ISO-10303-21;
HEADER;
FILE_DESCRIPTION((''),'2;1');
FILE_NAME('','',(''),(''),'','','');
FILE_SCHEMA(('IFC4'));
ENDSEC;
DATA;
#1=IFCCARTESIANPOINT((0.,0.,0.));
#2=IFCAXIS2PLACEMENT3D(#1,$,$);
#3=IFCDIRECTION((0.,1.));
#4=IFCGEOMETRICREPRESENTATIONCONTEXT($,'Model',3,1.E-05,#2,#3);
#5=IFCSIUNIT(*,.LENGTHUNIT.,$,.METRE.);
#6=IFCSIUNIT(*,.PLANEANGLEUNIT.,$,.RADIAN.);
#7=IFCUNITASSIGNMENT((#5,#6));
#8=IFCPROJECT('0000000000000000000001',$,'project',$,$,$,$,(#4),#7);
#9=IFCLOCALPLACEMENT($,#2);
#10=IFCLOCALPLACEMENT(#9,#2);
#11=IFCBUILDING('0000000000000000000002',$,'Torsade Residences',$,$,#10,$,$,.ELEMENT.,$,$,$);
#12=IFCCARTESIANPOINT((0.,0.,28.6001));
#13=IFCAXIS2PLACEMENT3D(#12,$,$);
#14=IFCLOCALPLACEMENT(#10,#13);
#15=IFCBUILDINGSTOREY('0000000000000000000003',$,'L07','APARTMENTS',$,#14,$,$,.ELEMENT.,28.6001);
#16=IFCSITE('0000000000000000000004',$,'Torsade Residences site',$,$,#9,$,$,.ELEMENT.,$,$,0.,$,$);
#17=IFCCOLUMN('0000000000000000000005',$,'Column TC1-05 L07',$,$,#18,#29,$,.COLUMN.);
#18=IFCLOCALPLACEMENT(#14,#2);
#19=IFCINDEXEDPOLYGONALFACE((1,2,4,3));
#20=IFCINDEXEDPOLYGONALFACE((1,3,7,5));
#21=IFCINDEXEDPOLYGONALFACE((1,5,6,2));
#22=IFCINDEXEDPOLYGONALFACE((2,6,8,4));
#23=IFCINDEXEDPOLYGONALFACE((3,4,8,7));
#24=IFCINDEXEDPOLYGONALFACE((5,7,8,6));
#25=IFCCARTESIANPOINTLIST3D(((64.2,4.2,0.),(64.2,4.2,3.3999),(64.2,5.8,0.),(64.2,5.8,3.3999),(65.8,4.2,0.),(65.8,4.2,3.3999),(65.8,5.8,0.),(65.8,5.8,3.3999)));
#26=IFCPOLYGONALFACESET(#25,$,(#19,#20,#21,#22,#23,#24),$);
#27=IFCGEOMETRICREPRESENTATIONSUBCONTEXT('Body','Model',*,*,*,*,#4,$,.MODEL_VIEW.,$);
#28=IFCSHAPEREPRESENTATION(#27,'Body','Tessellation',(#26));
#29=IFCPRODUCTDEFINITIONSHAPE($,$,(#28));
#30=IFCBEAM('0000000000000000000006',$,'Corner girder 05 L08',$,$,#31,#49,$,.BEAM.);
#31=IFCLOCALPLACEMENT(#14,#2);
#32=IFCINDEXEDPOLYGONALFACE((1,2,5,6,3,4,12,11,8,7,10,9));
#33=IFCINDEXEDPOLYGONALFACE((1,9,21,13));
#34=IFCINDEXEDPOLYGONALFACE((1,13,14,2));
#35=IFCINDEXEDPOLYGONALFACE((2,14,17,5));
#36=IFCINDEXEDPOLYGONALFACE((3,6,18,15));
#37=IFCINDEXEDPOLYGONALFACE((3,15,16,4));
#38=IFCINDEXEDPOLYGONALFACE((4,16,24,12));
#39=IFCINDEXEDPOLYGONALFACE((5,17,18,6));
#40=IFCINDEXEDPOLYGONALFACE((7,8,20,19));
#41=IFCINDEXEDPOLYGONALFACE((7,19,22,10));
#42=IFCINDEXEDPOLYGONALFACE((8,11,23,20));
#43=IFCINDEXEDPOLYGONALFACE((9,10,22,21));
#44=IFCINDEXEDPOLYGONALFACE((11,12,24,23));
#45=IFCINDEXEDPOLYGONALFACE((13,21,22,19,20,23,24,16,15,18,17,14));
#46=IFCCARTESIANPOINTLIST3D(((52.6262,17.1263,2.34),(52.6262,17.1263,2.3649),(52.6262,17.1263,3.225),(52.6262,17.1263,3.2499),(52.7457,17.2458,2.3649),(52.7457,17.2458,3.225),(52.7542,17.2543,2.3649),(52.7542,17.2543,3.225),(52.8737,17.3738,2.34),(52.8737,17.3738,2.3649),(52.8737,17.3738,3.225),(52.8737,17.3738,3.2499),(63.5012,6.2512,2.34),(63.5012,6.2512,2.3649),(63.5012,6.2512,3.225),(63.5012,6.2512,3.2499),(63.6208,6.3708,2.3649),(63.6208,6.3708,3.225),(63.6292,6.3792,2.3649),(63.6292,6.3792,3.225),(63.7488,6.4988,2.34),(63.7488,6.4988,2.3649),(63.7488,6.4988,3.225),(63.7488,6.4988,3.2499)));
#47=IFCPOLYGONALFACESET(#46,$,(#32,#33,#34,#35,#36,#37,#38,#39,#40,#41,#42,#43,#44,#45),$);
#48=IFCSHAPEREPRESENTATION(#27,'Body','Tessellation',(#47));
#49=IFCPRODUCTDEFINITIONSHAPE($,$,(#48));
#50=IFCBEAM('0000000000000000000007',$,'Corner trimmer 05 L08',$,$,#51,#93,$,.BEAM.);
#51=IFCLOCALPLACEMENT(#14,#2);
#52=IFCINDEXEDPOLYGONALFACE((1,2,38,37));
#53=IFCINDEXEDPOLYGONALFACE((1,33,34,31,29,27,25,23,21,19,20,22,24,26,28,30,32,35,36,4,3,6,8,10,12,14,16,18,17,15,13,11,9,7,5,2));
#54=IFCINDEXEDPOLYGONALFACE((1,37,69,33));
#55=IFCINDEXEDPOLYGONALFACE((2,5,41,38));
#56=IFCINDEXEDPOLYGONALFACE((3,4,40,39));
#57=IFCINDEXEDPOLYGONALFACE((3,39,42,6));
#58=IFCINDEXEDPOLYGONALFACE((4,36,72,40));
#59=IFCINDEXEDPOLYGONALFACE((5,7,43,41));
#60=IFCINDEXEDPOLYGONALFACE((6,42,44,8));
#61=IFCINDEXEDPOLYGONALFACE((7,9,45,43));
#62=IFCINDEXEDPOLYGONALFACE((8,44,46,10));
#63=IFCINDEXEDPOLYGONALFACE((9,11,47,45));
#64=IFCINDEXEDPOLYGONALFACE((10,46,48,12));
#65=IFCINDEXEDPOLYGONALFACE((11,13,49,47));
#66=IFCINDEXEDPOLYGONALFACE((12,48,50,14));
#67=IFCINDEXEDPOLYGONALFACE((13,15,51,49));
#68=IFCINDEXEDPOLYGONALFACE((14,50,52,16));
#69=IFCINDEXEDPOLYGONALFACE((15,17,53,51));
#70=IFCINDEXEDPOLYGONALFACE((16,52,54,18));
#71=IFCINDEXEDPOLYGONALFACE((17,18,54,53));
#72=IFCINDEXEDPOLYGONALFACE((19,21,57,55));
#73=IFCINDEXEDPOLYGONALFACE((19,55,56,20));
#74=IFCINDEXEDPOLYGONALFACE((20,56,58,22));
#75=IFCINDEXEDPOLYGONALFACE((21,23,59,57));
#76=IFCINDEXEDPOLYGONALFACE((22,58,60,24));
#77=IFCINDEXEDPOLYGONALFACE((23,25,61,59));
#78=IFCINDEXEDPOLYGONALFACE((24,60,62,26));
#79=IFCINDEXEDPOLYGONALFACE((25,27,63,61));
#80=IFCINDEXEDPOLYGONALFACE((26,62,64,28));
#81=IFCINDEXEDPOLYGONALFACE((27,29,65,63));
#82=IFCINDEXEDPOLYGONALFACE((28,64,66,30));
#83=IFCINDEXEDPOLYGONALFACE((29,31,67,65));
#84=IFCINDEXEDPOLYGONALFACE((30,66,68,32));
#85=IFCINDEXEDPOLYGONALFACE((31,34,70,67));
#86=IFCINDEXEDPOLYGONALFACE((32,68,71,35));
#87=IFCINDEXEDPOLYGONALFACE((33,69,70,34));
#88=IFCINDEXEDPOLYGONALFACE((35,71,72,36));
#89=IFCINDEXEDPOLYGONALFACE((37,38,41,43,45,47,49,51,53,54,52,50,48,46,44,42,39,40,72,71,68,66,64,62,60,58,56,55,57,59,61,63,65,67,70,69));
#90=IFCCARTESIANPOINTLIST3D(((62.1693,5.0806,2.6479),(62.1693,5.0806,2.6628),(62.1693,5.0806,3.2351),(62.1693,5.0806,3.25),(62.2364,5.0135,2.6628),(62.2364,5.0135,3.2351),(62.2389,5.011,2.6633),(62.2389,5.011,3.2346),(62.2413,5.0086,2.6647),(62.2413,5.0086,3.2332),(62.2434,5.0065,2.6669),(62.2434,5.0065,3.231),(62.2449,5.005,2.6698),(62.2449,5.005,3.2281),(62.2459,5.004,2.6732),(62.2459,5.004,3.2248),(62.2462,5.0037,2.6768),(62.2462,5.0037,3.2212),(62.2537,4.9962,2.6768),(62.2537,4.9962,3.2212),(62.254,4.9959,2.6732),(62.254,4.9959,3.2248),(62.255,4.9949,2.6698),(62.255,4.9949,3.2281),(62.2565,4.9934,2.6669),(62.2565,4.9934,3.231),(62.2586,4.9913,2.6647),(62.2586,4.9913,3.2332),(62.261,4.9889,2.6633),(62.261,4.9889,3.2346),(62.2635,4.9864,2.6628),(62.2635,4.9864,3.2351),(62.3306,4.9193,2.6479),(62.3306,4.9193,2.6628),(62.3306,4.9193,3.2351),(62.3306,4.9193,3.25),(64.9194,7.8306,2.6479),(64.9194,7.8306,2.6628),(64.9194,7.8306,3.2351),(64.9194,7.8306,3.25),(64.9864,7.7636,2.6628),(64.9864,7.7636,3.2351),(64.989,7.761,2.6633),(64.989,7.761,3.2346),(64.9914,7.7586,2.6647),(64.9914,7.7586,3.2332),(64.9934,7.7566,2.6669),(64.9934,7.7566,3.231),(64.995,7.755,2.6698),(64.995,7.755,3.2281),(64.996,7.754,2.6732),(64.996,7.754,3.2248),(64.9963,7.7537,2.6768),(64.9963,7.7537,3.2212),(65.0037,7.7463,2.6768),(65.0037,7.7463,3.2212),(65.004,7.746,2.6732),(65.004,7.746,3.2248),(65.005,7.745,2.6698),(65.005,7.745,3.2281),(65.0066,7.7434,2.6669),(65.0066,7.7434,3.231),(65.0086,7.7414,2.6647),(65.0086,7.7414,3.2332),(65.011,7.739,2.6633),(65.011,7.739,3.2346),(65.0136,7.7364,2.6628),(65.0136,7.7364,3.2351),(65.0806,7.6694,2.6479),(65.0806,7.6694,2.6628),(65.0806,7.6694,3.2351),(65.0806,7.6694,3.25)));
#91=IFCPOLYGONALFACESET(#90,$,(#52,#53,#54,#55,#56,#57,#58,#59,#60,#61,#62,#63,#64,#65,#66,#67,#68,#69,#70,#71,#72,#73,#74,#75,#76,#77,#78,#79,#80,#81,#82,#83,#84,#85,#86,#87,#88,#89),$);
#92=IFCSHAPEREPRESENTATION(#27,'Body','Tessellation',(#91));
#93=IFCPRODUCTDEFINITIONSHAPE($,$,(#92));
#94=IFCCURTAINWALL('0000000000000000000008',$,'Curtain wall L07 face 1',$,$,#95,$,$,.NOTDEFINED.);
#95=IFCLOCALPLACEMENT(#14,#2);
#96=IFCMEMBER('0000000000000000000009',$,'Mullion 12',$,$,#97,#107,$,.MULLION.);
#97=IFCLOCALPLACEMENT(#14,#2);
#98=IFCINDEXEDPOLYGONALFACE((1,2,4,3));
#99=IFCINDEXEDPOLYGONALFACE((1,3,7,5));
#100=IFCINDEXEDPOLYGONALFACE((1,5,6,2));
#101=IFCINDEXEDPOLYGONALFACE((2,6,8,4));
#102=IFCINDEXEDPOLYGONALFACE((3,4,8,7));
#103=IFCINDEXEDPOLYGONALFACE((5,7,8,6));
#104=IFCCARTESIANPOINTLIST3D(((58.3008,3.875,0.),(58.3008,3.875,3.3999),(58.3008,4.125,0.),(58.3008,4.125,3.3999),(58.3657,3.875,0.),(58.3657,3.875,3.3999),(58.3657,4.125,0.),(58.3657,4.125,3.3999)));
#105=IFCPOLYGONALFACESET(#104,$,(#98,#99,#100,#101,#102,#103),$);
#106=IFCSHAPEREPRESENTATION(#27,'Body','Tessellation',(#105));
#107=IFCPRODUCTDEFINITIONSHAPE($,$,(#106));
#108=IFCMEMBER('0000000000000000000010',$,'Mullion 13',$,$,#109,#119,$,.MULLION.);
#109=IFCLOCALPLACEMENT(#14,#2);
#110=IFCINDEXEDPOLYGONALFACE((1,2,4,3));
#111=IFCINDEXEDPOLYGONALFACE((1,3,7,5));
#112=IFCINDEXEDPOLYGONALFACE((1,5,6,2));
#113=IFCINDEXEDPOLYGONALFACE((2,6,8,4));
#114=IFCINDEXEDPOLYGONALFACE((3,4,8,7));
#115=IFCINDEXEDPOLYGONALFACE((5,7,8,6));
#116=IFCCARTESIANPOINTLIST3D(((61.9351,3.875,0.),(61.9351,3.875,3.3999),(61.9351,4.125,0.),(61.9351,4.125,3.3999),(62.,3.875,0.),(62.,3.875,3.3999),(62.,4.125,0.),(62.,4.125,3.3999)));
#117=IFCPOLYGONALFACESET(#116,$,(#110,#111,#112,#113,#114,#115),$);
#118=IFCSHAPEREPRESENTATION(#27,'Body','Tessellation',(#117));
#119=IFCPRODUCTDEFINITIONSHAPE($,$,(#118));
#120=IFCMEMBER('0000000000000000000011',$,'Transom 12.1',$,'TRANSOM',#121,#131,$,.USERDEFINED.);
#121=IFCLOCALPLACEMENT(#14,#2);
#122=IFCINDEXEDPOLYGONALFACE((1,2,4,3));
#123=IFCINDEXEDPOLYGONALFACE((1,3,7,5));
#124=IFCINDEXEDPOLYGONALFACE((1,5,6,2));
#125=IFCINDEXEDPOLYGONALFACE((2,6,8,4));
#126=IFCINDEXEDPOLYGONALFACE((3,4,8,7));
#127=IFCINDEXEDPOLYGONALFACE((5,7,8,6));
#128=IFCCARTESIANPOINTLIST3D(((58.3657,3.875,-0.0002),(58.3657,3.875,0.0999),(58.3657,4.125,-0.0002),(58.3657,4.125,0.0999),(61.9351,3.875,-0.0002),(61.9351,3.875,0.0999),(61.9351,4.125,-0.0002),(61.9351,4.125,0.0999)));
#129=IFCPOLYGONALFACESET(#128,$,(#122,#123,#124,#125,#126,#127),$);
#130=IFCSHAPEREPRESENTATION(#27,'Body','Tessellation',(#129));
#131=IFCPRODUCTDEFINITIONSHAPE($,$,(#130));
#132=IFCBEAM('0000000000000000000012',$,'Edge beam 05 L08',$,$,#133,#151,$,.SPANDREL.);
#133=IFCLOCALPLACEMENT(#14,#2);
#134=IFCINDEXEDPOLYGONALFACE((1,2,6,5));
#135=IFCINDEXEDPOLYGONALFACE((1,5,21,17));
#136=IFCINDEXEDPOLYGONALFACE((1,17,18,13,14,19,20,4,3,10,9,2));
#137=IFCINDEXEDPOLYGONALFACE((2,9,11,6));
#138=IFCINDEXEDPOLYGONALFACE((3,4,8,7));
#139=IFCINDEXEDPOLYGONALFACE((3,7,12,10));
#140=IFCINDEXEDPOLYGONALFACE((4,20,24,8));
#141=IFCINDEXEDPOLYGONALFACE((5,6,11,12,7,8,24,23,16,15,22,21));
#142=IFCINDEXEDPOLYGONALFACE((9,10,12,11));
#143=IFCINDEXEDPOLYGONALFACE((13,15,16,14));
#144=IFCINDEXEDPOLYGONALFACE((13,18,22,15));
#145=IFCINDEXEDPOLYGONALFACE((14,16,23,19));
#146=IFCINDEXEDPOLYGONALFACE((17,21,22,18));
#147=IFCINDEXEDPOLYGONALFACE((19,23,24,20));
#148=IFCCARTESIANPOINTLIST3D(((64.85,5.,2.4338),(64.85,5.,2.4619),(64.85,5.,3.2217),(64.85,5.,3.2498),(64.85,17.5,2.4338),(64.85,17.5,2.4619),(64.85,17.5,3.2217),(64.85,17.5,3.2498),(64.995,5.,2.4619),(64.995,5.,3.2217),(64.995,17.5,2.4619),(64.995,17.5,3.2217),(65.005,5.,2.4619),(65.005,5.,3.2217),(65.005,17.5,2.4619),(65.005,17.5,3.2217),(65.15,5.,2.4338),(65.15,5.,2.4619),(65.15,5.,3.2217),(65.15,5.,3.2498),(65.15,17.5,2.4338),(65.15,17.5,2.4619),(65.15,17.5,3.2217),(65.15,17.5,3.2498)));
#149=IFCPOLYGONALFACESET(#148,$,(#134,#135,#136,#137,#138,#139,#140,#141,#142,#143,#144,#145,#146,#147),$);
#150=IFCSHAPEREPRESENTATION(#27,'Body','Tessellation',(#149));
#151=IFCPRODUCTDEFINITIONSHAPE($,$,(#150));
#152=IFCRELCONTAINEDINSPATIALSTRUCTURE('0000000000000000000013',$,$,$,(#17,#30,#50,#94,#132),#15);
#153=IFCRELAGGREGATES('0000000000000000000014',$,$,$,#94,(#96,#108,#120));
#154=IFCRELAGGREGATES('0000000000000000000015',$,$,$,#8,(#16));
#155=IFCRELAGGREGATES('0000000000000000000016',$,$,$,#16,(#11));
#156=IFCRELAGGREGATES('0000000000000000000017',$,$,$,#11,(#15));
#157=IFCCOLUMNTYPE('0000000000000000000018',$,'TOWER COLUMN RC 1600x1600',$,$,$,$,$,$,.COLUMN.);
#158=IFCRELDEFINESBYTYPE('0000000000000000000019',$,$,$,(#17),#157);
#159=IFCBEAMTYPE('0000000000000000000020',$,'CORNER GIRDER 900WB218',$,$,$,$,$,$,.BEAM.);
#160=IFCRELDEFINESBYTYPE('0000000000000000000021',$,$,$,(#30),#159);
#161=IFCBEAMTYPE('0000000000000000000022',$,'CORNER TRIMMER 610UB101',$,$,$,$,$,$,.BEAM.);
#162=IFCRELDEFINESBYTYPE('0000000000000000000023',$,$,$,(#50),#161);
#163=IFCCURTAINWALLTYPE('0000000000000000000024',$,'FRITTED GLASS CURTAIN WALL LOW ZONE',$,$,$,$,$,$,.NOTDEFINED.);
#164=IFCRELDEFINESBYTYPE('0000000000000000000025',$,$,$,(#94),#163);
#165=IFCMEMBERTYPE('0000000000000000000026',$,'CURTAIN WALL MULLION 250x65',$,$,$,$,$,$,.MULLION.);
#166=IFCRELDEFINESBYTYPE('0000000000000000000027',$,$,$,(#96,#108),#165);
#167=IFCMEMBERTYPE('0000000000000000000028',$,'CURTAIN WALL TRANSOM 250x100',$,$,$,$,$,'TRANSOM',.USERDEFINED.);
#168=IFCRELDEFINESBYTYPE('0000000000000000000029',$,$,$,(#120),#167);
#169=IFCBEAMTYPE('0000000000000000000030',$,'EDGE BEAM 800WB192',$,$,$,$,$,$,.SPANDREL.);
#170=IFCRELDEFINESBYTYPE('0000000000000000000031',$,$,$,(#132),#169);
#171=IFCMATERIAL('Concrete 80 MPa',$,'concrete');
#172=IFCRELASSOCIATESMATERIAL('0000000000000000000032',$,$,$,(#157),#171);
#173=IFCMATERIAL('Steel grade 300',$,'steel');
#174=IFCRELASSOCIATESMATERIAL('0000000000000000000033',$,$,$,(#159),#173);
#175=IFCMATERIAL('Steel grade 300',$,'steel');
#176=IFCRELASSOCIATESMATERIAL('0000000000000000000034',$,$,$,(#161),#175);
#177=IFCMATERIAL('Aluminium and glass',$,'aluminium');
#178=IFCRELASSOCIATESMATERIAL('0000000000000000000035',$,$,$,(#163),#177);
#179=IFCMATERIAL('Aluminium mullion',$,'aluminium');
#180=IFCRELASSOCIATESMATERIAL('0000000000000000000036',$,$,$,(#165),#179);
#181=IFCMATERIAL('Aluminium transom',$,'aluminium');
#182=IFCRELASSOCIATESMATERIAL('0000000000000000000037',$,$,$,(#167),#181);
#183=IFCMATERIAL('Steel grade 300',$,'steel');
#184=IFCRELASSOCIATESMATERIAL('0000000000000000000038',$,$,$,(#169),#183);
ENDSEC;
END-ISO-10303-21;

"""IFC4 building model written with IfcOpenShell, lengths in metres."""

from ifc_helpers import new_model, si_unit, direction, frame, origin, origin_2d, place, context, subcontext, project, spatial, rectangle, i_section, extrude, material, material_profile, profile_set, type_object, element, aggregate, save


model = new_model("IFC4")

# Units and contexts
model_context = context("Model", 3, precision=1e-05, world=origin(), true_north=direction((0.0, 1.0)))
body_context = subcontext(model_context, "Body", "Model", "MODEL_VIEW")
ifc_project = project(units=[si_unit("LENGTHUNIT", "METRE"), si_unit("PLANEANGLEUNIT", "RADIAN")], contexts=[model_context])

# Site, building, storey
site_placement = place(None, origin())
site = spatial("IfcSite", under=ifc_project, at=site_placement, Name="Torsade Residences site", CompositionType="ELEMENT", RefElevation=0.0)
building_placement = place(site_placement, origin())
building = spatial("IfcBuilding", under=site, at=building_placement, Name="Torsade Residences", CompositionType="ELEMENT")
storey_placement = place(building_placement, frame((0.0, 0.0, 28.6001)))
storey = spatial("IfcBuildingStorey", under=building, at=storey_placement, Name="L07", Description="APARTMENTS", CompositionType="ELEMENT", Elevation=28.6001)

# Column
ifc_material_1 = material(Name="Concrete 80 MPa", Category="concrete")
ifc_material_profile_1 = material_profile(ifc_material_1, rectangle(XDim=1.6001, YDim=1.6001, at=origin_2d()), Name="RC 1600x1600")
ifc_profile_set_1 = profile_set([ifc_material_profile_1], Name="Concrete 80 MPa")
column_type = type_object("IfcColumnType", Name="TOWER COLUMN RC 1600x1600", PredefinedType="COLUMN", material=ifc_profile_set_1)
column_placement = place(storey_placement, frame((65.0, 5.0, 0.0), z_axis=(0.0, 0.0, 1.0), x_axis=(1.0, 0.0, 0.0)))
element("IfcColumn", 1, at=column_placement, inside=storey, type_object=column_type, Name="Column TC1-05 L07", PredefinedType="COLUMN", context=body_context, shape_type="SweptSolid", body=[
    extrude(rectangle(XDim=1.6001, YDim=1.6001, at=origin_2d()), origin(), (0.0, 0.0, 1.0), 3.3999),
])

# Beams
ifc_material_2 = material(Name="Steel grade 300", Category="steel")
ifc_material_profile_2 = material_profile(ifc_material_2, i_section(OverallWidth=0.3501, OverallDepth=0.9099, WebThickness=0.012, FlangeThickness=0.0249, at=origin_2d()), Name="900WB218")
ifc_profile_set_2 = profile_set([ifc_material_profile_2], Name="Steel grade 300")
beam_type_1 = type_object("IfcBeamType", Name="CORNER GIRDER 900WB218", PredefinedType="BEAM", material=ifc_profile_set_2)
beam_1_placement = place(storey_placement, frame((63.625, 6.375, 2.7949), z_axis=(-0.707107, 0.707107, 0.0), x_axis=(-0.707107, -0.707107, 0.0)))
element("IfcBeam", 2, at=beam_1_placement, inside=storey, type_object=beam_type_1, Name="Corner girder 05 L08", PredefinedType="BEAM", context=body_context, shape_type="SweptSolid", body=[
    extrude(i_section(OverallWidth=0.3501, OverallDepth=0.9099, WebThickness=0.012, FlangeThickness=0.0249, at=origin_2d()), origin(), (0.0, 0.0, 1.0), 15.3796),
])
ifc_material_3 = material(Name="Steel grade 300", Category="steel")
ifc_material_profile_3 = material_profile(ifc_material_3, i_section(OverallWidth=0.228, OverallDepth=0.6021, WebThickness=0.0105, FlangeThickness=0.0149, FilletRadius=0.0139, at=origin_2d()), Name="610UB101")
ifc_profile_set_3 = profile_set([ifc_material_profile_3], Name="Steel grade 300")
beam_type_2 = type_object("IfcBeamType", Name="CORNER TRIMMER 610UB101", PredefinedType="BEAM", material=ifc_profile_set_3)
beam_2_placement = place(storey_placement, frame((65.0, 7.75, 2.949), z_axis=(-0.707107, -0.707107, 0.0), x_axis=(0.707107, -0.707107, 0.0)))
element("IfcBeam", 3, at=beam_2_placement, inside=storey, type_object=beam_type_2, Name="Corner trimmer 05 L08", PredefinedType="BEAM", context=body_context, shape_type="SweptSolid", body=[
    extrude(i_section(OverallWidth=0.228, OverallDepth=0.6021, WebThickness=0.0105, FlangeThickness=0.0149, FilletRadius=0.0139, at=origin_2d()), origin(), (0.0, 0.0, 1.0), 3.8892),
])

# Curtain wall, members
ifc_material_4 = material(Name="Aluminium and glass", Category="aluminium")
curtain_wall_type = type_object("IfcCurtainWallType", Name="FRITTED GLASS CURTAIN WALL LOW ZONE", PredefinedType="NOTDEFINED", material=ifc_material_4)
curtain_wall_placement = place(storey_placement, origin())
curtain_wall = element("IfcCurtainWall", 4, at=curtain_wall_placement, inside=storey, type_object=curtain_wall_type, Name="Curtain wall L07 face 1", PredefinedType="NOTDEFINED")
ifc_material_5 = material(Name="Aluminium mullion", Category="aluminium")
ifc_material_profile_4 = material_profile(ifc_material_5, rectangle(XDim=0.25, YDim=0.0649, at=origin_2d()), Name="CURTAIN WALL MULLION 250x65")
ifc_profile_set_4 = profile_set([ifc_material_profile_4], Name="Aluminium mullion")
member_type_1 = type_object("IfcMemberType", Name="CURTAIN WALL MULLION 250x65", PredefinedType="MULLION", material=ifc_profile_set_4)
member_1_placement = place(storey_placement, frame((58.3333, 4.0, 0.0), z_axis=(0.0, 0.0, 1.0), x_axis=(0.0, 1.0, 0.0)))
member_1 = element("IfcMember", 5, at=member_1_placement, type_object=member_type_1, Name="Mullion 12", PredefinedType="MULLION", context=body_context, shape_type="SweptSolid", body=[
    extrude(rectangle(XDim=0.25, YDim=0.0649, at=origin_2d()), origin(), (0.0, 0.0, 1.0), 3.3999),
])
member_2_placement = place(storey_placement, frame((61.9675, 4.0, 0.0), z_axis=(0.0, 0.0, 1.0), x_axis=(0.0, 1.0, 0.0)))
member_2 = element("IfcMember", 6, at=member_2_placement, type_object=member_type_1, Name="Mullion 13", PredefinedType="MULLION", context=body_context, shape_type="SweptSolid", body=[
    extrude(rectangle(XDim=0.25, YDim=0.0649, at=origin_2d()), origin(), (0.0, 0.0, 1.0), 3.3999),
])
ifc_material_6 = material(Name="Aluminium transom", Category="aluminium")
ifc_material_profile_5 = material_profile(ifc_material_6, rectangle(XDim=0.25, YDim=0.1001, at=origin_2d()), Name="CURTAIN WALL TRANSOM 250x100")
ifc_profile_set_5 = profile_set([ifc_material_profile_5], Name="Aluminium transom")
member_type_2 = type_object("IfcMemberType", Name="CURTAIN WALL TRANSOM 250x100", ElementType="TRANSOM", PredefinedType="USERDEFINED", material=ifc_profile_set_5)
member_3_placement = place(storey_placement, frame((58.3657, 4.0, 0.0498), z_axis=(1.0, 0.0, 0.0), x_axis=(0.0, 1.0, 0.0)))
member_3 = element("IfcMember", 7, at=member_3_placement, type_object=member_type_2, Name="Transom 12.1", ObjectType="TRANSOM", PredefinedType="USERDEFINED", context=body_context, shape_type="SweptSolid", body=[
    extrude(rectangle(XDim=0.25, YDim=0.1001, at=origin_2d()), origin(), (0.0, 0.0, 1.0), 3.5693),
])

# Beam
ifc_material_7 = material(Name="Steel grade 300", Category="steel")
ifc_material_profile_6 = material_profile(ifc_material_7, i_section(OverallWidth=0.3, OverallDepth=0.8159, WebThickness=0.01, FlangeThickness=0.0281, at=origin_2d()), Name="800WB192")
ifc_profile_set_6 = profile_set([ifc_material_profile_6], Name="Steel grade 300")
beam_type_3 = type_object("IfcBeamType", Name="EDGE BEAM 800WB192", PredefinedType="SPANDREL", material=ifc_profile_set_6)
beam_3_placement = place(storey_placement, frame((65.0, 5.0, 2.8418), z_axis=(0.0, 1.0, 0.0), x_axis=(-1.0, 0.0, 0.0)))
element("IfcBeam", 8, at=beam_3_placement, inside=storey, type_object=beam_type_3, Name="Edge beam 05 L08", PredefinedType="SPANDREL", context=body_context, shape_type="SweptSolid", body=[
    extrude(i_section(OverallWidth=0.3, OverallDepth=0.8159, WebThickness=0.01, FlangeThickness=0.0281, at=origin_2d()), origin(), (0.0, 0.0, 1.0), 12.5),
])

aggregate(curtain_wall, [member_1, member_2, member_3])

save(model, "model.ifc")
